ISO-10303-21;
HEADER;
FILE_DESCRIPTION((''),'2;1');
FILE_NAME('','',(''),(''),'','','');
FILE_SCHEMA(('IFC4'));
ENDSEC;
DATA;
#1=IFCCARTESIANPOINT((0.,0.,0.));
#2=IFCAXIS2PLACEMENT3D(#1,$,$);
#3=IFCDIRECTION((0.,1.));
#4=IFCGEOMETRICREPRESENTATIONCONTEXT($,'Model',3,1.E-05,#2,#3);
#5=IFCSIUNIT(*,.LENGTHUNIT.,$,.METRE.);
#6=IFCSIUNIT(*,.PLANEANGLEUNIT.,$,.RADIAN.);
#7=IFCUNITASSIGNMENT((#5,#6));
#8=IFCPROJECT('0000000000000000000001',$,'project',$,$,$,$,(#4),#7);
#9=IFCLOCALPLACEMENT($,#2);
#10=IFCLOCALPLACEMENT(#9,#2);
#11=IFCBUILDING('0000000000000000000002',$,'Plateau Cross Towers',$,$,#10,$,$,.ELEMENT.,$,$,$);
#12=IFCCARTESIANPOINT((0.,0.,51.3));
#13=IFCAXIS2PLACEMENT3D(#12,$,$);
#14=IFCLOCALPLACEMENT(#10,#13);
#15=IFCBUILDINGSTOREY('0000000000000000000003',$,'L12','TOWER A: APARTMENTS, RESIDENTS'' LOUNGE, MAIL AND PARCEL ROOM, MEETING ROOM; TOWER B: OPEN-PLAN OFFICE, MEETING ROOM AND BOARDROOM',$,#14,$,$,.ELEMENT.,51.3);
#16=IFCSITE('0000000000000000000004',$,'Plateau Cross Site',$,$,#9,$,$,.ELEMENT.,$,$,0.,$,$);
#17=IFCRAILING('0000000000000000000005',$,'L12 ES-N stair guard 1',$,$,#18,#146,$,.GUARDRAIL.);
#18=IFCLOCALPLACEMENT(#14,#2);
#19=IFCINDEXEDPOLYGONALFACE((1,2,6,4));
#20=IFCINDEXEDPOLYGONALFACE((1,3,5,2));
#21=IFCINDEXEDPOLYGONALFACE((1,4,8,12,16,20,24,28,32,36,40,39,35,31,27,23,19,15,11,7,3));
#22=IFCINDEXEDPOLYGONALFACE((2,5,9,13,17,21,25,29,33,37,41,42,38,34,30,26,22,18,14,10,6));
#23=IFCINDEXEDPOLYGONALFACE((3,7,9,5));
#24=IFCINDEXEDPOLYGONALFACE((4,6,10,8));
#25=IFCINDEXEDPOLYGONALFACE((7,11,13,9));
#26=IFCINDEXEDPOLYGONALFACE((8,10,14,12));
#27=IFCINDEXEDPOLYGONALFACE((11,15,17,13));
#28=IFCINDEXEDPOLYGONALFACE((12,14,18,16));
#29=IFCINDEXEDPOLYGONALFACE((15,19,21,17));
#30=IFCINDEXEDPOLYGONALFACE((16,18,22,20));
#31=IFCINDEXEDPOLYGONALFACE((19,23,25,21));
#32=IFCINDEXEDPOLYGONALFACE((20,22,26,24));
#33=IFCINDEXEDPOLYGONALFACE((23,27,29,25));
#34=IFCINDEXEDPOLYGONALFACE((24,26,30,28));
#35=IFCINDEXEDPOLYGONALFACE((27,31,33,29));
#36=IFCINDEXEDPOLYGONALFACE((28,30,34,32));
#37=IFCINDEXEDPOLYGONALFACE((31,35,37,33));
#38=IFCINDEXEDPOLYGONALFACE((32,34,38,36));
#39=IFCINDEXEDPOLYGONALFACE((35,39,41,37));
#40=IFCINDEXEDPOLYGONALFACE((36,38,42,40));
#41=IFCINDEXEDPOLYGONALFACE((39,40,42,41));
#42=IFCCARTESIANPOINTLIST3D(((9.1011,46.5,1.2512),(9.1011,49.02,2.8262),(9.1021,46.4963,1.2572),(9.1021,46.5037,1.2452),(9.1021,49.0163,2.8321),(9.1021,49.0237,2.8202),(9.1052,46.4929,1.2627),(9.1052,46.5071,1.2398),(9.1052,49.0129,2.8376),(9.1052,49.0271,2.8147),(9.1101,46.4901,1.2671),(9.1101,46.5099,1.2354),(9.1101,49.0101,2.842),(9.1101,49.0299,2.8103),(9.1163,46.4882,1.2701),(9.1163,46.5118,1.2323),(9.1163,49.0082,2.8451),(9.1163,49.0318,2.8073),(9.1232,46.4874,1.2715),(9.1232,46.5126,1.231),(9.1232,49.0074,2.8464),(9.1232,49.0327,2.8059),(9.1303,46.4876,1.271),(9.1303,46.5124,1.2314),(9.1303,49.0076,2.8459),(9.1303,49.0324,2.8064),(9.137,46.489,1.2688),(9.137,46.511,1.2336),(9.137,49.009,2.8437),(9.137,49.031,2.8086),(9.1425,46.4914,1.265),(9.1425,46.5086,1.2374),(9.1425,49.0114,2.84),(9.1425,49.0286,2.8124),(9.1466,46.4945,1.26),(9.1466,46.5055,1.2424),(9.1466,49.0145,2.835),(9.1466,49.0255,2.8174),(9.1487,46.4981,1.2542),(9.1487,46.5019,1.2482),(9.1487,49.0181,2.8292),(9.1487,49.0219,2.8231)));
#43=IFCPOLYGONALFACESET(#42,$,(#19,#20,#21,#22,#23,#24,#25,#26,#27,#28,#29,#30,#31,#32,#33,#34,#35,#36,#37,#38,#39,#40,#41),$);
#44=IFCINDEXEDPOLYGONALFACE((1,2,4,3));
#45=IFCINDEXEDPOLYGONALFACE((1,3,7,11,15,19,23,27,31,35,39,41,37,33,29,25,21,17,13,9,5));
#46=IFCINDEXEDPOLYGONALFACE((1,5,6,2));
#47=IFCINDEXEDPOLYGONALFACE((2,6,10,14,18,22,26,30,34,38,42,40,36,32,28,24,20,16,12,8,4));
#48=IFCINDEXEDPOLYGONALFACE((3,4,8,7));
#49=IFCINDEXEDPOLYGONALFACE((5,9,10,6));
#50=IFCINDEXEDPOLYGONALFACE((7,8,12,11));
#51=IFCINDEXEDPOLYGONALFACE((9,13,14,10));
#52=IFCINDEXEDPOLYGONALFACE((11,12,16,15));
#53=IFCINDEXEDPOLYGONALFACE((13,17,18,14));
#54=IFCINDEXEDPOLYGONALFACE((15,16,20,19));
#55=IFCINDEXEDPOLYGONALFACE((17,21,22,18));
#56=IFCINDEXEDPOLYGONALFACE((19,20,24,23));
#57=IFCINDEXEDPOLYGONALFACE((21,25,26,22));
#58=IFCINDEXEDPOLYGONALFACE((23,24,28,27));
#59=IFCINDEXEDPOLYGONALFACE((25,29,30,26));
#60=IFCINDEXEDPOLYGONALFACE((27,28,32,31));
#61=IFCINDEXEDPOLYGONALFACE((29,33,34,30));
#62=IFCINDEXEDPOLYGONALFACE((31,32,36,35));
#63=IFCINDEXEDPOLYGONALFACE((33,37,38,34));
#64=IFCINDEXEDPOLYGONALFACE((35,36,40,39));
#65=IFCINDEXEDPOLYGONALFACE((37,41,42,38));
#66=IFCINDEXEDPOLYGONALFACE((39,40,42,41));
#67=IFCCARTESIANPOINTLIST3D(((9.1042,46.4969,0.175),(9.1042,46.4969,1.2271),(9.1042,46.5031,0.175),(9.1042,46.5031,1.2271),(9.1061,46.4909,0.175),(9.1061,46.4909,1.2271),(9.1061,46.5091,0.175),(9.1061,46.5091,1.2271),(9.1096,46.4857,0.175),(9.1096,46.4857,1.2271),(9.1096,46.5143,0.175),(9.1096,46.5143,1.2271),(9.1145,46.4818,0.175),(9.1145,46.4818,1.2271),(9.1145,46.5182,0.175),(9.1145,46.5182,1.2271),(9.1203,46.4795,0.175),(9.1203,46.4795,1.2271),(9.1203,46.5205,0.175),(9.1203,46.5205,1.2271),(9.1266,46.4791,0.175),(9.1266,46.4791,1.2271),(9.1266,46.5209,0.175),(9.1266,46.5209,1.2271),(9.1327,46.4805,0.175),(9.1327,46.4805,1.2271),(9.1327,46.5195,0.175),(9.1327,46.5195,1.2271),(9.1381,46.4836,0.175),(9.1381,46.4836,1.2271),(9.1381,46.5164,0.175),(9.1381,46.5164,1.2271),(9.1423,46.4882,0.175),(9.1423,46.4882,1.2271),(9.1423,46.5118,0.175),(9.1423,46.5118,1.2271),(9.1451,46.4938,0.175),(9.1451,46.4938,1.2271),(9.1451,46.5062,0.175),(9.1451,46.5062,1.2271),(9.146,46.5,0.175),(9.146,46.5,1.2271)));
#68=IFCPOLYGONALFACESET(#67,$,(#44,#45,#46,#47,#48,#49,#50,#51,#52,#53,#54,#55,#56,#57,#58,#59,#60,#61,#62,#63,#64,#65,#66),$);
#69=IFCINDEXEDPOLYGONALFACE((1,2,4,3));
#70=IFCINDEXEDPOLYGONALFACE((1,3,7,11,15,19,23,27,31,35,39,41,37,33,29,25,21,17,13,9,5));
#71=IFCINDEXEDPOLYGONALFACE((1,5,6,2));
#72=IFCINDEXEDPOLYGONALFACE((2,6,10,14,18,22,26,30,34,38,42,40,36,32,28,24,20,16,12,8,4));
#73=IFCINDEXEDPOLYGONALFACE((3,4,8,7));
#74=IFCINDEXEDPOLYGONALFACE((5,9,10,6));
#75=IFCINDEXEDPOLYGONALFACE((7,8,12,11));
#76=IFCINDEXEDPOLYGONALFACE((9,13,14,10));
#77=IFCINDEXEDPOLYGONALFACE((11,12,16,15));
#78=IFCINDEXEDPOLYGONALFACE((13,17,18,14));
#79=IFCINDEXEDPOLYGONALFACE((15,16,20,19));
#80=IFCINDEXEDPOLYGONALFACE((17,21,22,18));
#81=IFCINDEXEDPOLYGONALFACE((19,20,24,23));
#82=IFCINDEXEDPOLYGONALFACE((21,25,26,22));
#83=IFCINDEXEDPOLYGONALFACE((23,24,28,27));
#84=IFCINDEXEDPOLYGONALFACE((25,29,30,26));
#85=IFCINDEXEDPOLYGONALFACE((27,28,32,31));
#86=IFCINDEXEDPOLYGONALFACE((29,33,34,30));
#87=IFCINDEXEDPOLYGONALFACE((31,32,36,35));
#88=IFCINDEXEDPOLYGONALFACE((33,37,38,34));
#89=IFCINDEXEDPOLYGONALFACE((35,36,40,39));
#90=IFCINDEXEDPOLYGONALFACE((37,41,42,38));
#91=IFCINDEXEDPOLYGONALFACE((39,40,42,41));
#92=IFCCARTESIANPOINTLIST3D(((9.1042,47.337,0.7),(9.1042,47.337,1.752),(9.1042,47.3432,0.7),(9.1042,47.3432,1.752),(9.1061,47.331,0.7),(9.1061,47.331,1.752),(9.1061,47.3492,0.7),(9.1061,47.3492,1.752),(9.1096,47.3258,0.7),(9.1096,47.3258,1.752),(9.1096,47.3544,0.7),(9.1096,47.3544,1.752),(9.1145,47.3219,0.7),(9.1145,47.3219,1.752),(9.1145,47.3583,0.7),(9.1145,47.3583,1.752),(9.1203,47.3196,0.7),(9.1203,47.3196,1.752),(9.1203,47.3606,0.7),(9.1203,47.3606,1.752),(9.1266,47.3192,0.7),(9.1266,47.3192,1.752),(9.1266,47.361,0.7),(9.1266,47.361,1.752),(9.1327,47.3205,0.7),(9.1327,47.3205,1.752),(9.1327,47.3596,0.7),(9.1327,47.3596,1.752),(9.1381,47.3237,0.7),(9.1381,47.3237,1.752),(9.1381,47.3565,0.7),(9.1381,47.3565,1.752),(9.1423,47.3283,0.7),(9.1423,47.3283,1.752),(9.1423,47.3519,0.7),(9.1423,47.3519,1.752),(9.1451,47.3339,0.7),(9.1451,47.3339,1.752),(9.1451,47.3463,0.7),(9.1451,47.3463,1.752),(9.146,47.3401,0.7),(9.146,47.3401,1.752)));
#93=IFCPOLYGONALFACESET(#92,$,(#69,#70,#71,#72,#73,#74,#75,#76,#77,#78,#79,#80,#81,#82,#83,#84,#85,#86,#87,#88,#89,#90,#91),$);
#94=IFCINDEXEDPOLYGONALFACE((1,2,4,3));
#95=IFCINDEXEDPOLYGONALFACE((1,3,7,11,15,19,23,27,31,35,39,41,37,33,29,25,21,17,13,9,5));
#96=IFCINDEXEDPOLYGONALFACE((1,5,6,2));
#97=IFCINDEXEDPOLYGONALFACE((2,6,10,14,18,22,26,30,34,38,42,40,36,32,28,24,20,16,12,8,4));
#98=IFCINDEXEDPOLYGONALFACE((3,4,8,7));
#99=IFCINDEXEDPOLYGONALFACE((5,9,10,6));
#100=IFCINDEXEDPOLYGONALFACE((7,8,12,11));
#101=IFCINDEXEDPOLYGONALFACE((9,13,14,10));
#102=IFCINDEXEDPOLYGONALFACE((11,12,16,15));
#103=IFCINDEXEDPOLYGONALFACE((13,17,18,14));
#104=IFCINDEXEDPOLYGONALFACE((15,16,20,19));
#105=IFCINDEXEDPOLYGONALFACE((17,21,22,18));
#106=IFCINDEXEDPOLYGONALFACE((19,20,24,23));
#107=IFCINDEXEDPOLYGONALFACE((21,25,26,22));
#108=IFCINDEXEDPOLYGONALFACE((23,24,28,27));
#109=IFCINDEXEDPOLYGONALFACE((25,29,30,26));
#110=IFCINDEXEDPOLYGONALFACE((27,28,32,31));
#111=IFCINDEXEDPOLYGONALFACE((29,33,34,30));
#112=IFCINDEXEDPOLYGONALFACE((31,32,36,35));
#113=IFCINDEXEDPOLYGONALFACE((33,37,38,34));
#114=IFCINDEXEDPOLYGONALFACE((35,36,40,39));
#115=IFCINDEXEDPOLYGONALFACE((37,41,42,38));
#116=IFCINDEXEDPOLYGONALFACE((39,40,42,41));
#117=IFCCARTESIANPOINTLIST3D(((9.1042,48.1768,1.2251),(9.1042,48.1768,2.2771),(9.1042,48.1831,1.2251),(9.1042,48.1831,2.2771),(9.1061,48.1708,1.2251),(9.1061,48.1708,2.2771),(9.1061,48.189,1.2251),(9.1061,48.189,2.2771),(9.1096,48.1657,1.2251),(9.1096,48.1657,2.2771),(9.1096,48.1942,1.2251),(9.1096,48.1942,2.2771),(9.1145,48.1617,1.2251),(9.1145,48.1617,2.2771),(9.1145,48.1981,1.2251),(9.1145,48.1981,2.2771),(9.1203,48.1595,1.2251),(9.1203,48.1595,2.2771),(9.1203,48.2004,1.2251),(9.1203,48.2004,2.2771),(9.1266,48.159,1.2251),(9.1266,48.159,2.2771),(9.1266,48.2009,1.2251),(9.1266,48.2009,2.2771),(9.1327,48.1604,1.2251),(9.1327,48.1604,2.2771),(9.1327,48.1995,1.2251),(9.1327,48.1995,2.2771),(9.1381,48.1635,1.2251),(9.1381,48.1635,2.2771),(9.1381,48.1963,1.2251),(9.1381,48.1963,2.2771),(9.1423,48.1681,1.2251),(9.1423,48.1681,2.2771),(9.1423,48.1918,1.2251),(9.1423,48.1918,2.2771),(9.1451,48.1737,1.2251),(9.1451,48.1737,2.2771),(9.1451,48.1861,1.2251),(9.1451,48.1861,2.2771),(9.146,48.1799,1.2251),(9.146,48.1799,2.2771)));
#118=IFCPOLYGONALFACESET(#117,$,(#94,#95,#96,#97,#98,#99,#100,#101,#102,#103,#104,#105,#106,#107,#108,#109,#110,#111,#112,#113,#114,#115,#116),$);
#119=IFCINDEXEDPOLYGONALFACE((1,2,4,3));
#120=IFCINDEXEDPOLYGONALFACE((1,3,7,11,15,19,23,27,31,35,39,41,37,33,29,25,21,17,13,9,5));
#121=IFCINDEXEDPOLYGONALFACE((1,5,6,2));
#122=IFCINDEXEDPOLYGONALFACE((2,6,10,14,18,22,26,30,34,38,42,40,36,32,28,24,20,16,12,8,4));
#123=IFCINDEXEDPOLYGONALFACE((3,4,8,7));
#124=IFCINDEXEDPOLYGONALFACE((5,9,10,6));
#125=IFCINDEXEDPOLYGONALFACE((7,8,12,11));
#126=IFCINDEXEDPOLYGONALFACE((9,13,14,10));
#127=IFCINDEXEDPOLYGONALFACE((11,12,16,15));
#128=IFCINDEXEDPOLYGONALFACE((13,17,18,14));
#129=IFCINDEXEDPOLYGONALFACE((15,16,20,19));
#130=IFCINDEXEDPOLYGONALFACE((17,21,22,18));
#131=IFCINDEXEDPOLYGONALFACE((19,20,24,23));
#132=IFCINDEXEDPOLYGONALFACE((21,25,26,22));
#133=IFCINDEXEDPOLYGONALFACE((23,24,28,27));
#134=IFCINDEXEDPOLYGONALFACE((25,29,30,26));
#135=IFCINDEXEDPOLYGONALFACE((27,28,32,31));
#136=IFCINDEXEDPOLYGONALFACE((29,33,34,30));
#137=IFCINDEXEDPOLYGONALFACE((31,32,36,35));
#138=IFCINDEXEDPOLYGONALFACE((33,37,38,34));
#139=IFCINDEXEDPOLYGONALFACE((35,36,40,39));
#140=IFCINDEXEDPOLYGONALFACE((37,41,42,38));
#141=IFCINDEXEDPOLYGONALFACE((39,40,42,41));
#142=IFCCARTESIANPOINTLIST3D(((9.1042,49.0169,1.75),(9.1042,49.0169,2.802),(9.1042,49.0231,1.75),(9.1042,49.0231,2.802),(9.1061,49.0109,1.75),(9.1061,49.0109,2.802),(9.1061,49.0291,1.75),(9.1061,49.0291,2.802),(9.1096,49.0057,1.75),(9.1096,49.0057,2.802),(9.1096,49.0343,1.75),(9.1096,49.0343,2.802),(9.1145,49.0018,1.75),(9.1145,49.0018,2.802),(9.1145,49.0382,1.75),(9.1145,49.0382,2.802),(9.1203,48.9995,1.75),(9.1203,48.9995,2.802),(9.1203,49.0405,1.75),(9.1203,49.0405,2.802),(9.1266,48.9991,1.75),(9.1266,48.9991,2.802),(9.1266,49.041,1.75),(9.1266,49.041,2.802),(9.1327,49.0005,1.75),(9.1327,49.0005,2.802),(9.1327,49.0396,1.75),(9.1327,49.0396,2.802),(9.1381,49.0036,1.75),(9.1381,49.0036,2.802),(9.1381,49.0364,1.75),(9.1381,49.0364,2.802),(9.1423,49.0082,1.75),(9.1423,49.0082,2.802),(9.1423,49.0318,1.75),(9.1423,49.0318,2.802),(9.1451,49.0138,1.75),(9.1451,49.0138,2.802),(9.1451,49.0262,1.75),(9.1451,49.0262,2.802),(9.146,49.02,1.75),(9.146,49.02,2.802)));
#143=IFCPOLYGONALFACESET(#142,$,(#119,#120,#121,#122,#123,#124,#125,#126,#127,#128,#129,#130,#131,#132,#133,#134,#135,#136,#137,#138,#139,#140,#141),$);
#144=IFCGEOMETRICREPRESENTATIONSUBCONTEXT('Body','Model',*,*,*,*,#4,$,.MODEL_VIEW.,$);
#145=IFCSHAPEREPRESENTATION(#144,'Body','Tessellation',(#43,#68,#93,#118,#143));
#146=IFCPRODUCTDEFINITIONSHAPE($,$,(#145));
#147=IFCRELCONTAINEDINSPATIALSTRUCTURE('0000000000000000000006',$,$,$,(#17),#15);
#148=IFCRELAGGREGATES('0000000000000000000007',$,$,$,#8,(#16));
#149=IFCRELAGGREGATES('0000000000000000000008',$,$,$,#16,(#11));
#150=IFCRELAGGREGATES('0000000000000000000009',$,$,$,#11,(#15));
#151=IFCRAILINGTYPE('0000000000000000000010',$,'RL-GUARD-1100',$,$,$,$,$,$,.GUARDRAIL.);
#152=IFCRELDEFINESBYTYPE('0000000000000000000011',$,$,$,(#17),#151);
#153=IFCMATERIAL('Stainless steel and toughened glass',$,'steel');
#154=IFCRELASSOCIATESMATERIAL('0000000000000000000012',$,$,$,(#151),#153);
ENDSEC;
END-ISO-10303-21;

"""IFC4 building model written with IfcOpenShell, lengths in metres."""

from ifc_helpers import new_model, si_unit, direction, frame, origin, origin_2d, place, context, subcontext, project, spatial, circle, extrude, material, type_object, element, save


model = new_model("IFC4")

# Units and contexts
model_context = context("Model", 3, precision=1e-05, world=origin(), true_north=direction((0.0, 1.0)))
body_context = subcontext(model_context, "Body", "Model", "MODEL_VIEW")
ifc_project = project(units=[si_unit("LENGTHUNIT", "METRE"), si_unit("PLANEANGLEUNIT", "RADIAN")], contexts=[model_context])

# Site, building, storey
site_placement = place(None, origin())
site = spatial("IfcSite", under=ifc_project, at=site_placement, Name="Plateau Cross Site", CompositionType="ELEMENT", RefElevation=0.0)
building_placement = place(site_placement, origin())
building = spatial("IfcBuilding", under=site, at=building_placement, Name="Plateau Cross Towers", CompositionType="ELEMENT")
storey_placement = place(building_placement, frame((0.0, 0.0, 51.3)))
storey = spatial("IfcBuildingStorey", under=building, at=storey_placement, Name="L12", Description="TOWER A: APARTMENTS, RESIDENTS' LOUNGE, MAIL AND PARCEL ROOM, MEETING ROOM; TOWER B: OPEN-PLAN OFFICE, MEETING ROOM AND BOARDROOM", CompositionType="ELEMENT", Elevation=51.3)

# Railing
ifc_material_1 = material(Name="Stainless steel and toughened glass", Category="steel")
railing_type_1 = type_object("IfcRailingType", Name="RL-GUARD-1100", PredefinedType="GUARDRAIL", material=ifc_material_1)
railing_1_placement = place(storey_placement, frame((9.125, 46.5, 0.175)))
element("IfcRailing", 1, at=railing_1_placement, inside=storey, type_object=railing_type_1, Name="L12 ES-N stair guard 1", PredefinedType="GUARDRAIL", context=body_context, shape_type="SweptSolid", body=[
    extrude(circle(Radius=0.0239, at=origin_2d()), frame((0.0, 0.0, 1.0762), z_axis=(0.0, 0.848008, 0.529984), x_axis=(-1.0, 0.0, 0.0)), (0.0, 0.0, 1.0), 2.9717),
    extrude(circle(Radius=0.021, at=origin_2d()), origin(), (0.0, 0.0, 1.0), 1.052),
    extrude(circle(Radius=0.021, at=origin_2d()), frame((0.0, 0.8401, 0.5249)), (0.0, 0.0, 1.0), 1.052),
    extrude(circle(Radius=0.021, at=origin_2d()), frame((0.0, 1.6799, 1.05)), (0.0, 0.0, 1.0), 1.052),
    extrude(circle(Radius=0.021, at=origin_2d()), frame((0.0, 2.52, 1.575)), (0.0, 0.0, 1.0), 1.052),
])

save(model, "model.ifc")
